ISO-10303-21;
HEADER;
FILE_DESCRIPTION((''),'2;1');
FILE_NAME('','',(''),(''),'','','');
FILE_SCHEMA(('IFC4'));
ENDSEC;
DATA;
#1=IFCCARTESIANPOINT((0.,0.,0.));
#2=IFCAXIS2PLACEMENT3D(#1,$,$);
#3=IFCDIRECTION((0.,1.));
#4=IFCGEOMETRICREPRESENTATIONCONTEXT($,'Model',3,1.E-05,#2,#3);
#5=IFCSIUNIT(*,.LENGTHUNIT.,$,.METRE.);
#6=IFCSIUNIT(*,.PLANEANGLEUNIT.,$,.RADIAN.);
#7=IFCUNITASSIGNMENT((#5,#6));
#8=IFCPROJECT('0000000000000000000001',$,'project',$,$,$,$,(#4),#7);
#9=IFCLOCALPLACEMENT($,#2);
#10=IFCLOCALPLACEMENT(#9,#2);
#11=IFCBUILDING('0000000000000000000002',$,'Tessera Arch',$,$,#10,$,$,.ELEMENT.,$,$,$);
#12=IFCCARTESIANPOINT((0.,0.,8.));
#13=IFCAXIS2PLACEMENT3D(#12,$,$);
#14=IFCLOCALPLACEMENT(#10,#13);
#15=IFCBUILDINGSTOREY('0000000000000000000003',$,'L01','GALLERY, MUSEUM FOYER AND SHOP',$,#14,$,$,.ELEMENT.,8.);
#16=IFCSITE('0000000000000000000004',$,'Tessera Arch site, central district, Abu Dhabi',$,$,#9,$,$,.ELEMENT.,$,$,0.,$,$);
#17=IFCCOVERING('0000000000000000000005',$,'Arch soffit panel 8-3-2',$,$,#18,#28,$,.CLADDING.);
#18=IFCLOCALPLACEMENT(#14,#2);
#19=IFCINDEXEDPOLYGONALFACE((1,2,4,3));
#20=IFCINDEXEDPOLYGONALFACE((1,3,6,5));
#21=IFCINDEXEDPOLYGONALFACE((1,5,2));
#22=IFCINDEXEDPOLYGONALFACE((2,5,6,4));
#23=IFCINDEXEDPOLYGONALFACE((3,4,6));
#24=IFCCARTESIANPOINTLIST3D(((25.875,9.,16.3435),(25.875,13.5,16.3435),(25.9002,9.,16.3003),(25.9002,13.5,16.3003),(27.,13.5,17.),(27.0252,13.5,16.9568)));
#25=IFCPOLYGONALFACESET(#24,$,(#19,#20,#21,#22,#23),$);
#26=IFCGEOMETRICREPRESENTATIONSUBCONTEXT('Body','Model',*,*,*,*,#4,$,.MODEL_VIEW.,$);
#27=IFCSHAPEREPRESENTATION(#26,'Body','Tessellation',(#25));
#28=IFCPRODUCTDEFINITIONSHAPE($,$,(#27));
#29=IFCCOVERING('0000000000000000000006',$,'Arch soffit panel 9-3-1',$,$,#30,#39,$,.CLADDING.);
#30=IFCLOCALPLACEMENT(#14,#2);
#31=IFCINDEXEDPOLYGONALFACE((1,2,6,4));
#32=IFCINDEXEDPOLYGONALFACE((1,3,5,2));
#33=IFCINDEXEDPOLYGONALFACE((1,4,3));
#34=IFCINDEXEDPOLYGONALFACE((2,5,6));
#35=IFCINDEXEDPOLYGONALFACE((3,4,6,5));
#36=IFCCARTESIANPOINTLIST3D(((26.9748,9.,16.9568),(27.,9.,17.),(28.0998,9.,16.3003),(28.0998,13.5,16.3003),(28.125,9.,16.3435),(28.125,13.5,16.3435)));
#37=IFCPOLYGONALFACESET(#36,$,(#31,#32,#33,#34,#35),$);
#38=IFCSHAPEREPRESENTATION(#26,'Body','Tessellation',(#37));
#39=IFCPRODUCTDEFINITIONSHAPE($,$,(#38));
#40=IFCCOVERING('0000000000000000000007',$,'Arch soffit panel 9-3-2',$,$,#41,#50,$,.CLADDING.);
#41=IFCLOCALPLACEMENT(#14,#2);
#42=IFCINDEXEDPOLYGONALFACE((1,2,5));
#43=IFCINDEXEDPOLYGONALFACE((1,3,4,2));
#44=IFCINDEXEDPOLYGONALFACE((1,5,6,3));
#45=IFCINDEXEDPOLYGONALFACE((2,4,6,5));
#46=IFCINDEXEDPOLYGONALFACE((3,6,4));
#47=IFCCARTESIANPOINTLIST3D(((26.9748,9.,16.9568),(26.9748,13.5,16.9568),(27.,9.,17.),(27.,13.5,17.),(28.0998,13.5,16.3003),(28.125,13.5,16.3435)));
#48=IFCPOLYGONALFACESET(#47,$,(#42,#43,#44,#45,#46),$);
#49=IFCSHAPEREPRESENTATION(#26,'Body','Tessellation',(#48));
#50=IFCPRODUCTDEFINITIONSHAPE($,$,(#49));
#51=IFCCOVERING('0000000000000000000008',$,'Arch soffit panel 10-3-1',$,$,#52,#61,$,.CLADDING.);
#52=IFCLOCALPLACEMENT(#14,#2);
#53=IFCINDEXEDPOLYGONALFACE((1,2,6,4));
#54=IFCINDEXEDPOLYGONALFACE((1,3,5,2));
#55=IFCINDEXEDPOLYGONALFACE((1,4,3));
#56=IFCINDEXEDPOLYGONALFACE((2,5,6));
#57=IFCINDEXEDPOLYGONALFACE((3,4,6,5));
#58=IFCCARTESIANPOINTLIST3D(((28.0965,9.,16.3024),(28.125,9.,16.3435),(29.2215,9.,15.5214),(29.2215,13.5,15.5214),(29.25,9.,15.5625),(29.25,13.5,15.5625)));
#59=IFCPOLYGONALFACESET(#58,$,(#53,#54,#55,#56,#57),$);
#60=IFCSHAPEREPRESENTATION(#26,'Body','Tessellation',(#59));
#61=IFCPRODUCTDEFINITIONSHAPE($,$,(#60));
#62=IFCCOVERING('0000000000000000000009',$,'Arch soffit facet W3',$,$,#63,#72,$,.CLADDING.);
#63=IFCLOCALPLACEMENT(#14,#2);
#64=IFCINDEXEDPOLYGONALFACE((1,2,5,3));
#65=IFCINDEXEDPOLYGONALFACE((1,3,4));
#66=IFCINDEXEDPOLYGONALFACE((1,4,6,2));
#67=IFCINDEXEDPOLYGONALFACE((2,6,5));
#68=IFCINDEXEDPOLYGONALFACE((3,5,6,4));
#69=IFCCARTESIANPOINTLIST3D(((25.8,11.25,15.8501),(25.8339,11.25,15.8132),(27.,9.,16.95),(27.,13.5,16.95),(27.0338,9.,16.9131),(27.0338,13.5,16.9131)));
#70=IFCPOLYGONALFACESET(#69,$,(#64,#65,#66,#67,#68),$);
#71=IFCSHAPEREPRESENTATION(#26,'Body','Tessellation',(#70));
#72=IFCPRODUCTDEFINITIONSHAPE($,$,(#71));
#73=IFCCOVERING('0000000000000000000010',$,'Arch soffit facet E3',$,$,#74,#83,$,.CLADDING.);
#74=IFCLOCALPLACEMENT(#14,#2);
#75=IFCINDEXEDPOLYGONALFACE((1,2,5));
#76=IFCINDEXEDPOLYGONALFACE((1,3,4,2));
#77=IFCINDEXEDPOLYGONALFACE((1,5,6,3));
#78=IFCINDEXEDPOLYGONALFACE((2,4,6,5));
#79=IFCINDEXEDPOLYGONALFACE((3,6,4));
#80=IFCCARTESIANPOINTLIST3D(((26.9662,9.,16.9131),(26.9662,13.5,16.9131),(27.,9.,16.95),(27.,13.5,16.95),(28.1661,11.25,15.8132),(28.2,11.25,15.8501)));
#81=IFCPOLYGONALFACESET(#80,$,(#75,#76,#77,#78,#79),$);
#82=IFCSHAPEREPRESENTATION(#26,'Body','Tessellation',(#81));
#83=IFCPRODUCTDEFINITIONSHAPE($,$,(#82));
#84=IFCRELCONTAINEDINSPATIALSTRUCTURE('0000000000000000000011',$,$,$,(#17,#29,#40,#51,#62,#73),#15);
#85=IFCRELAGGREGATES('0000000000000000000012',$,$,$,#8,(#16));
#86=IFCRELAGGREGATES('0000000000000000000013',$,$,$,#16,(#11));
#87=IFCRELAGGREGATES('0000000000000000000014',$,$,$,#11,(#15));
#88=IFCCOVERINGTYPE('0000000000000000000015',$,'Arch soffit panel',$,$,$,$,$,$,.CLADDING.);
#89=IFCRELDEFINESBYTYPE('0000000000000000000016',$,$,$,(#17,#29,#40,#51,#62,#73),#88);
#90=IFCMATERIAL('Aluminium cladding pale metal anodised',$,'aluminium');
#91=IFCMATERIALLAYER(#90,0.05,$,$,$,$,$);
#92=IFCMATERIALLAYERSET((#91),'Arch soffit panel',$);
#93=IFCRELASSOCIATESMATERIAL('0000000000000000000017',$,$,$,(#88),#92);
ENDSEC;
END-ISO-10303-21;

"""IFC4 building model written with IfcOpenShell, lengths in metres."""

from ifc_helpers import new_model, si_unit, direction, frame, origin, place, context, subcontext, project, spatial, polyline, outline, extrude, material, layer, layer_set, type_object, element, save


model = new_model("IFC4")

# Units and contexts
model_context = context("Model", 3, precision=1e-05, world=origin(), true_north=direction((0.0, 1.0)))
body_context = subcontext(model_context, "Body", "Model", "MODEL_VIEW")
ifc_project = project(units=[si_unit("LENGTHUNIT", "METRE"), si_unit("PLANEANGLEUNIT", "RADIAN")], contexts=[model_context])

# Site, building, storey
site_placement = place(None, origin())
site = spatial("IfcSite", under=ifc_project, at=site_placement, Name="Tessera Arch site, central district, Abu Dhabi", CompositionType="ELEMENT", RefElevation=0.0)
building_placement = place(site_placement, origin())
building = spatial("IfcBuilding", under=site, at=building_placement, Name="Tessera Arch", CompositionType="ELEMENT")
storey_placement = place(building_placement, frame((0.0, 0.0, 8.0)))
storey = spatial("IfcBuildingStorey", under=building, at=storey_placement, Name="L01", Description="GALLERY, MUSEUM FOYER AND SHOP", CompositionType="ELEMENT", Elevation=8.0)

# Coverings
ifc_material = material(Name="Aluminium cladding pale metal anodised", Category="aluminium")
ifc_layer = layer(ifc_material, 0.05)
ifc_layer_set = layer_set([ifc_layer], Name="Arch soffit panel")
covering_type = type_object("IfcCoveringType", Name="Arch soffit panel", PredefinedType="CLADDING", material=ifc_layer_set)
covering_1_placement = place(storey_placement, frame((25.875, 9.0, 16.3435), z_axis=(-0.504011, 0.0, 0.863697), x_axis=(0.240142, 0.96057, 0.140135)))
element("IfcCovering", 1, at=covering_1_placement, inside=storey, type_object=covering_type, Name="Arch soffit panel 8-3-2", PredefinedType="CLADDING", context=body_context, shape_type="SweptSolid", body=[
    extrude(outline(polyline([(0.0, 0.0), (4.6847, 0.0), (4.3226, 1.2512), (0.0, 0.0)])), origin(), (0.0, 0.0, -1.0), 0.05),
])
covering_2_placement = place(storey_placement, frame((27.0, 9.0, 17.0), z_axis=(0.504011, 0.0, 0.863697), x_axis=(0.863697, 0.0, -0.504011)))
element("IfcCovering", 2, at=covering_2_placement, inside=storey, type_object=covering_type, Name="Arch soffit panel 9-3-1", PredefinedType="CLADDING", context=body_context, shape_type="SweptSolid", body=[
    extrude(outline(polyline([(0.0, 0.0), (1.3025, 0.0), (1.3025, 4.5), (0.0, 0.0)])), origin(), (0.0, 0.0, -1.0), 0.05),
])
covering_3_placement = place(storey_placement, frame((27.0, 9.0, 17.0), z_axis=(0.504011, 0.0, 0.863697), x_axis=(0.240142, 0.96057, -0.140135)))
element("IfcCovering", 3, at=covering_3_placement, inside=storey, type_object=covering_type, Name="Arch soffit panel 9-3-2", PredefinedType="CLADDING", context=body_context, shape_type="SweptSolid", body=[
    extrude(outline(polyline([(0.0, 0.0), (4.6847, 0.0), (4.3226, 1.2512), (0.0, 0.0)])), origin(), (0.0, 0.0, -1.0), 0.05),
])
covering_4_placement = place(storey_placement, frame((28.125, 9.0, 16.3435), z_axis=(0.570276, 0.0, 0.821453), x_axis=(0.821453, 0.0, -0.570276)))
element("IfcCovering", 4, at=covering_4_placement, inside=storey, type_object=covering_type, Name="Arch soffit panel 10-3-1", PredefinedType="CLADDING", context=body_context, shape_type="SweptSolid", body=[
    extrude(outline(polyline([(0.0, 0.0), (1.3695, 0.0), (1.3695, 4.5), (0.0, 0.0)])), origin(), (0.0, 0.0, -1.0), 0.05),
])
covering_5_placement = place(storey_placement, frame((27.0, 9.0, 16.95), z_axis=(-0.675691, 0.0, 0.737185), x_axis=(0.0, 1.0, 0.0)))
element("IfcCovering", 5, at=covering_5_placement, inside=storey, type_object=covering_type, Name="Arch soffit facet W3", PredefinedType="CLADDING", context=body_context, shape_type="SweptSolid", body=[
    extrude(outline(polyline([(0.0, 0.0), (4.5, 0.0), (2.25, 1.6277), (0.0, 0.0)])), origin(), (0.0, 0.0, -1.0), 0.05),
])
covering_6_placement = place(storey_placement, frame((27.0, 9.0, 16.95), z_axis=(0.675691, 0.0, 0.737185), x_axis=(0.0, 1.0, 0.0)))
element("IfcCovering", 6, at=covering_6_placement, inside=storey, type_object=covering_type, Name="Arch soffit facet E3", PredefinedType="CLADDING", context=body_context, shape_type="SweptSolid", body=[
    extrude(outline(polyline([(0.0, 0.0), (4.5, 0.0), (2.25, -1.6277), (0.0, 0.0)])), origin(), (0.0, 0.0, -1.0), 0.05),
])

save(model, "model.ifc")
